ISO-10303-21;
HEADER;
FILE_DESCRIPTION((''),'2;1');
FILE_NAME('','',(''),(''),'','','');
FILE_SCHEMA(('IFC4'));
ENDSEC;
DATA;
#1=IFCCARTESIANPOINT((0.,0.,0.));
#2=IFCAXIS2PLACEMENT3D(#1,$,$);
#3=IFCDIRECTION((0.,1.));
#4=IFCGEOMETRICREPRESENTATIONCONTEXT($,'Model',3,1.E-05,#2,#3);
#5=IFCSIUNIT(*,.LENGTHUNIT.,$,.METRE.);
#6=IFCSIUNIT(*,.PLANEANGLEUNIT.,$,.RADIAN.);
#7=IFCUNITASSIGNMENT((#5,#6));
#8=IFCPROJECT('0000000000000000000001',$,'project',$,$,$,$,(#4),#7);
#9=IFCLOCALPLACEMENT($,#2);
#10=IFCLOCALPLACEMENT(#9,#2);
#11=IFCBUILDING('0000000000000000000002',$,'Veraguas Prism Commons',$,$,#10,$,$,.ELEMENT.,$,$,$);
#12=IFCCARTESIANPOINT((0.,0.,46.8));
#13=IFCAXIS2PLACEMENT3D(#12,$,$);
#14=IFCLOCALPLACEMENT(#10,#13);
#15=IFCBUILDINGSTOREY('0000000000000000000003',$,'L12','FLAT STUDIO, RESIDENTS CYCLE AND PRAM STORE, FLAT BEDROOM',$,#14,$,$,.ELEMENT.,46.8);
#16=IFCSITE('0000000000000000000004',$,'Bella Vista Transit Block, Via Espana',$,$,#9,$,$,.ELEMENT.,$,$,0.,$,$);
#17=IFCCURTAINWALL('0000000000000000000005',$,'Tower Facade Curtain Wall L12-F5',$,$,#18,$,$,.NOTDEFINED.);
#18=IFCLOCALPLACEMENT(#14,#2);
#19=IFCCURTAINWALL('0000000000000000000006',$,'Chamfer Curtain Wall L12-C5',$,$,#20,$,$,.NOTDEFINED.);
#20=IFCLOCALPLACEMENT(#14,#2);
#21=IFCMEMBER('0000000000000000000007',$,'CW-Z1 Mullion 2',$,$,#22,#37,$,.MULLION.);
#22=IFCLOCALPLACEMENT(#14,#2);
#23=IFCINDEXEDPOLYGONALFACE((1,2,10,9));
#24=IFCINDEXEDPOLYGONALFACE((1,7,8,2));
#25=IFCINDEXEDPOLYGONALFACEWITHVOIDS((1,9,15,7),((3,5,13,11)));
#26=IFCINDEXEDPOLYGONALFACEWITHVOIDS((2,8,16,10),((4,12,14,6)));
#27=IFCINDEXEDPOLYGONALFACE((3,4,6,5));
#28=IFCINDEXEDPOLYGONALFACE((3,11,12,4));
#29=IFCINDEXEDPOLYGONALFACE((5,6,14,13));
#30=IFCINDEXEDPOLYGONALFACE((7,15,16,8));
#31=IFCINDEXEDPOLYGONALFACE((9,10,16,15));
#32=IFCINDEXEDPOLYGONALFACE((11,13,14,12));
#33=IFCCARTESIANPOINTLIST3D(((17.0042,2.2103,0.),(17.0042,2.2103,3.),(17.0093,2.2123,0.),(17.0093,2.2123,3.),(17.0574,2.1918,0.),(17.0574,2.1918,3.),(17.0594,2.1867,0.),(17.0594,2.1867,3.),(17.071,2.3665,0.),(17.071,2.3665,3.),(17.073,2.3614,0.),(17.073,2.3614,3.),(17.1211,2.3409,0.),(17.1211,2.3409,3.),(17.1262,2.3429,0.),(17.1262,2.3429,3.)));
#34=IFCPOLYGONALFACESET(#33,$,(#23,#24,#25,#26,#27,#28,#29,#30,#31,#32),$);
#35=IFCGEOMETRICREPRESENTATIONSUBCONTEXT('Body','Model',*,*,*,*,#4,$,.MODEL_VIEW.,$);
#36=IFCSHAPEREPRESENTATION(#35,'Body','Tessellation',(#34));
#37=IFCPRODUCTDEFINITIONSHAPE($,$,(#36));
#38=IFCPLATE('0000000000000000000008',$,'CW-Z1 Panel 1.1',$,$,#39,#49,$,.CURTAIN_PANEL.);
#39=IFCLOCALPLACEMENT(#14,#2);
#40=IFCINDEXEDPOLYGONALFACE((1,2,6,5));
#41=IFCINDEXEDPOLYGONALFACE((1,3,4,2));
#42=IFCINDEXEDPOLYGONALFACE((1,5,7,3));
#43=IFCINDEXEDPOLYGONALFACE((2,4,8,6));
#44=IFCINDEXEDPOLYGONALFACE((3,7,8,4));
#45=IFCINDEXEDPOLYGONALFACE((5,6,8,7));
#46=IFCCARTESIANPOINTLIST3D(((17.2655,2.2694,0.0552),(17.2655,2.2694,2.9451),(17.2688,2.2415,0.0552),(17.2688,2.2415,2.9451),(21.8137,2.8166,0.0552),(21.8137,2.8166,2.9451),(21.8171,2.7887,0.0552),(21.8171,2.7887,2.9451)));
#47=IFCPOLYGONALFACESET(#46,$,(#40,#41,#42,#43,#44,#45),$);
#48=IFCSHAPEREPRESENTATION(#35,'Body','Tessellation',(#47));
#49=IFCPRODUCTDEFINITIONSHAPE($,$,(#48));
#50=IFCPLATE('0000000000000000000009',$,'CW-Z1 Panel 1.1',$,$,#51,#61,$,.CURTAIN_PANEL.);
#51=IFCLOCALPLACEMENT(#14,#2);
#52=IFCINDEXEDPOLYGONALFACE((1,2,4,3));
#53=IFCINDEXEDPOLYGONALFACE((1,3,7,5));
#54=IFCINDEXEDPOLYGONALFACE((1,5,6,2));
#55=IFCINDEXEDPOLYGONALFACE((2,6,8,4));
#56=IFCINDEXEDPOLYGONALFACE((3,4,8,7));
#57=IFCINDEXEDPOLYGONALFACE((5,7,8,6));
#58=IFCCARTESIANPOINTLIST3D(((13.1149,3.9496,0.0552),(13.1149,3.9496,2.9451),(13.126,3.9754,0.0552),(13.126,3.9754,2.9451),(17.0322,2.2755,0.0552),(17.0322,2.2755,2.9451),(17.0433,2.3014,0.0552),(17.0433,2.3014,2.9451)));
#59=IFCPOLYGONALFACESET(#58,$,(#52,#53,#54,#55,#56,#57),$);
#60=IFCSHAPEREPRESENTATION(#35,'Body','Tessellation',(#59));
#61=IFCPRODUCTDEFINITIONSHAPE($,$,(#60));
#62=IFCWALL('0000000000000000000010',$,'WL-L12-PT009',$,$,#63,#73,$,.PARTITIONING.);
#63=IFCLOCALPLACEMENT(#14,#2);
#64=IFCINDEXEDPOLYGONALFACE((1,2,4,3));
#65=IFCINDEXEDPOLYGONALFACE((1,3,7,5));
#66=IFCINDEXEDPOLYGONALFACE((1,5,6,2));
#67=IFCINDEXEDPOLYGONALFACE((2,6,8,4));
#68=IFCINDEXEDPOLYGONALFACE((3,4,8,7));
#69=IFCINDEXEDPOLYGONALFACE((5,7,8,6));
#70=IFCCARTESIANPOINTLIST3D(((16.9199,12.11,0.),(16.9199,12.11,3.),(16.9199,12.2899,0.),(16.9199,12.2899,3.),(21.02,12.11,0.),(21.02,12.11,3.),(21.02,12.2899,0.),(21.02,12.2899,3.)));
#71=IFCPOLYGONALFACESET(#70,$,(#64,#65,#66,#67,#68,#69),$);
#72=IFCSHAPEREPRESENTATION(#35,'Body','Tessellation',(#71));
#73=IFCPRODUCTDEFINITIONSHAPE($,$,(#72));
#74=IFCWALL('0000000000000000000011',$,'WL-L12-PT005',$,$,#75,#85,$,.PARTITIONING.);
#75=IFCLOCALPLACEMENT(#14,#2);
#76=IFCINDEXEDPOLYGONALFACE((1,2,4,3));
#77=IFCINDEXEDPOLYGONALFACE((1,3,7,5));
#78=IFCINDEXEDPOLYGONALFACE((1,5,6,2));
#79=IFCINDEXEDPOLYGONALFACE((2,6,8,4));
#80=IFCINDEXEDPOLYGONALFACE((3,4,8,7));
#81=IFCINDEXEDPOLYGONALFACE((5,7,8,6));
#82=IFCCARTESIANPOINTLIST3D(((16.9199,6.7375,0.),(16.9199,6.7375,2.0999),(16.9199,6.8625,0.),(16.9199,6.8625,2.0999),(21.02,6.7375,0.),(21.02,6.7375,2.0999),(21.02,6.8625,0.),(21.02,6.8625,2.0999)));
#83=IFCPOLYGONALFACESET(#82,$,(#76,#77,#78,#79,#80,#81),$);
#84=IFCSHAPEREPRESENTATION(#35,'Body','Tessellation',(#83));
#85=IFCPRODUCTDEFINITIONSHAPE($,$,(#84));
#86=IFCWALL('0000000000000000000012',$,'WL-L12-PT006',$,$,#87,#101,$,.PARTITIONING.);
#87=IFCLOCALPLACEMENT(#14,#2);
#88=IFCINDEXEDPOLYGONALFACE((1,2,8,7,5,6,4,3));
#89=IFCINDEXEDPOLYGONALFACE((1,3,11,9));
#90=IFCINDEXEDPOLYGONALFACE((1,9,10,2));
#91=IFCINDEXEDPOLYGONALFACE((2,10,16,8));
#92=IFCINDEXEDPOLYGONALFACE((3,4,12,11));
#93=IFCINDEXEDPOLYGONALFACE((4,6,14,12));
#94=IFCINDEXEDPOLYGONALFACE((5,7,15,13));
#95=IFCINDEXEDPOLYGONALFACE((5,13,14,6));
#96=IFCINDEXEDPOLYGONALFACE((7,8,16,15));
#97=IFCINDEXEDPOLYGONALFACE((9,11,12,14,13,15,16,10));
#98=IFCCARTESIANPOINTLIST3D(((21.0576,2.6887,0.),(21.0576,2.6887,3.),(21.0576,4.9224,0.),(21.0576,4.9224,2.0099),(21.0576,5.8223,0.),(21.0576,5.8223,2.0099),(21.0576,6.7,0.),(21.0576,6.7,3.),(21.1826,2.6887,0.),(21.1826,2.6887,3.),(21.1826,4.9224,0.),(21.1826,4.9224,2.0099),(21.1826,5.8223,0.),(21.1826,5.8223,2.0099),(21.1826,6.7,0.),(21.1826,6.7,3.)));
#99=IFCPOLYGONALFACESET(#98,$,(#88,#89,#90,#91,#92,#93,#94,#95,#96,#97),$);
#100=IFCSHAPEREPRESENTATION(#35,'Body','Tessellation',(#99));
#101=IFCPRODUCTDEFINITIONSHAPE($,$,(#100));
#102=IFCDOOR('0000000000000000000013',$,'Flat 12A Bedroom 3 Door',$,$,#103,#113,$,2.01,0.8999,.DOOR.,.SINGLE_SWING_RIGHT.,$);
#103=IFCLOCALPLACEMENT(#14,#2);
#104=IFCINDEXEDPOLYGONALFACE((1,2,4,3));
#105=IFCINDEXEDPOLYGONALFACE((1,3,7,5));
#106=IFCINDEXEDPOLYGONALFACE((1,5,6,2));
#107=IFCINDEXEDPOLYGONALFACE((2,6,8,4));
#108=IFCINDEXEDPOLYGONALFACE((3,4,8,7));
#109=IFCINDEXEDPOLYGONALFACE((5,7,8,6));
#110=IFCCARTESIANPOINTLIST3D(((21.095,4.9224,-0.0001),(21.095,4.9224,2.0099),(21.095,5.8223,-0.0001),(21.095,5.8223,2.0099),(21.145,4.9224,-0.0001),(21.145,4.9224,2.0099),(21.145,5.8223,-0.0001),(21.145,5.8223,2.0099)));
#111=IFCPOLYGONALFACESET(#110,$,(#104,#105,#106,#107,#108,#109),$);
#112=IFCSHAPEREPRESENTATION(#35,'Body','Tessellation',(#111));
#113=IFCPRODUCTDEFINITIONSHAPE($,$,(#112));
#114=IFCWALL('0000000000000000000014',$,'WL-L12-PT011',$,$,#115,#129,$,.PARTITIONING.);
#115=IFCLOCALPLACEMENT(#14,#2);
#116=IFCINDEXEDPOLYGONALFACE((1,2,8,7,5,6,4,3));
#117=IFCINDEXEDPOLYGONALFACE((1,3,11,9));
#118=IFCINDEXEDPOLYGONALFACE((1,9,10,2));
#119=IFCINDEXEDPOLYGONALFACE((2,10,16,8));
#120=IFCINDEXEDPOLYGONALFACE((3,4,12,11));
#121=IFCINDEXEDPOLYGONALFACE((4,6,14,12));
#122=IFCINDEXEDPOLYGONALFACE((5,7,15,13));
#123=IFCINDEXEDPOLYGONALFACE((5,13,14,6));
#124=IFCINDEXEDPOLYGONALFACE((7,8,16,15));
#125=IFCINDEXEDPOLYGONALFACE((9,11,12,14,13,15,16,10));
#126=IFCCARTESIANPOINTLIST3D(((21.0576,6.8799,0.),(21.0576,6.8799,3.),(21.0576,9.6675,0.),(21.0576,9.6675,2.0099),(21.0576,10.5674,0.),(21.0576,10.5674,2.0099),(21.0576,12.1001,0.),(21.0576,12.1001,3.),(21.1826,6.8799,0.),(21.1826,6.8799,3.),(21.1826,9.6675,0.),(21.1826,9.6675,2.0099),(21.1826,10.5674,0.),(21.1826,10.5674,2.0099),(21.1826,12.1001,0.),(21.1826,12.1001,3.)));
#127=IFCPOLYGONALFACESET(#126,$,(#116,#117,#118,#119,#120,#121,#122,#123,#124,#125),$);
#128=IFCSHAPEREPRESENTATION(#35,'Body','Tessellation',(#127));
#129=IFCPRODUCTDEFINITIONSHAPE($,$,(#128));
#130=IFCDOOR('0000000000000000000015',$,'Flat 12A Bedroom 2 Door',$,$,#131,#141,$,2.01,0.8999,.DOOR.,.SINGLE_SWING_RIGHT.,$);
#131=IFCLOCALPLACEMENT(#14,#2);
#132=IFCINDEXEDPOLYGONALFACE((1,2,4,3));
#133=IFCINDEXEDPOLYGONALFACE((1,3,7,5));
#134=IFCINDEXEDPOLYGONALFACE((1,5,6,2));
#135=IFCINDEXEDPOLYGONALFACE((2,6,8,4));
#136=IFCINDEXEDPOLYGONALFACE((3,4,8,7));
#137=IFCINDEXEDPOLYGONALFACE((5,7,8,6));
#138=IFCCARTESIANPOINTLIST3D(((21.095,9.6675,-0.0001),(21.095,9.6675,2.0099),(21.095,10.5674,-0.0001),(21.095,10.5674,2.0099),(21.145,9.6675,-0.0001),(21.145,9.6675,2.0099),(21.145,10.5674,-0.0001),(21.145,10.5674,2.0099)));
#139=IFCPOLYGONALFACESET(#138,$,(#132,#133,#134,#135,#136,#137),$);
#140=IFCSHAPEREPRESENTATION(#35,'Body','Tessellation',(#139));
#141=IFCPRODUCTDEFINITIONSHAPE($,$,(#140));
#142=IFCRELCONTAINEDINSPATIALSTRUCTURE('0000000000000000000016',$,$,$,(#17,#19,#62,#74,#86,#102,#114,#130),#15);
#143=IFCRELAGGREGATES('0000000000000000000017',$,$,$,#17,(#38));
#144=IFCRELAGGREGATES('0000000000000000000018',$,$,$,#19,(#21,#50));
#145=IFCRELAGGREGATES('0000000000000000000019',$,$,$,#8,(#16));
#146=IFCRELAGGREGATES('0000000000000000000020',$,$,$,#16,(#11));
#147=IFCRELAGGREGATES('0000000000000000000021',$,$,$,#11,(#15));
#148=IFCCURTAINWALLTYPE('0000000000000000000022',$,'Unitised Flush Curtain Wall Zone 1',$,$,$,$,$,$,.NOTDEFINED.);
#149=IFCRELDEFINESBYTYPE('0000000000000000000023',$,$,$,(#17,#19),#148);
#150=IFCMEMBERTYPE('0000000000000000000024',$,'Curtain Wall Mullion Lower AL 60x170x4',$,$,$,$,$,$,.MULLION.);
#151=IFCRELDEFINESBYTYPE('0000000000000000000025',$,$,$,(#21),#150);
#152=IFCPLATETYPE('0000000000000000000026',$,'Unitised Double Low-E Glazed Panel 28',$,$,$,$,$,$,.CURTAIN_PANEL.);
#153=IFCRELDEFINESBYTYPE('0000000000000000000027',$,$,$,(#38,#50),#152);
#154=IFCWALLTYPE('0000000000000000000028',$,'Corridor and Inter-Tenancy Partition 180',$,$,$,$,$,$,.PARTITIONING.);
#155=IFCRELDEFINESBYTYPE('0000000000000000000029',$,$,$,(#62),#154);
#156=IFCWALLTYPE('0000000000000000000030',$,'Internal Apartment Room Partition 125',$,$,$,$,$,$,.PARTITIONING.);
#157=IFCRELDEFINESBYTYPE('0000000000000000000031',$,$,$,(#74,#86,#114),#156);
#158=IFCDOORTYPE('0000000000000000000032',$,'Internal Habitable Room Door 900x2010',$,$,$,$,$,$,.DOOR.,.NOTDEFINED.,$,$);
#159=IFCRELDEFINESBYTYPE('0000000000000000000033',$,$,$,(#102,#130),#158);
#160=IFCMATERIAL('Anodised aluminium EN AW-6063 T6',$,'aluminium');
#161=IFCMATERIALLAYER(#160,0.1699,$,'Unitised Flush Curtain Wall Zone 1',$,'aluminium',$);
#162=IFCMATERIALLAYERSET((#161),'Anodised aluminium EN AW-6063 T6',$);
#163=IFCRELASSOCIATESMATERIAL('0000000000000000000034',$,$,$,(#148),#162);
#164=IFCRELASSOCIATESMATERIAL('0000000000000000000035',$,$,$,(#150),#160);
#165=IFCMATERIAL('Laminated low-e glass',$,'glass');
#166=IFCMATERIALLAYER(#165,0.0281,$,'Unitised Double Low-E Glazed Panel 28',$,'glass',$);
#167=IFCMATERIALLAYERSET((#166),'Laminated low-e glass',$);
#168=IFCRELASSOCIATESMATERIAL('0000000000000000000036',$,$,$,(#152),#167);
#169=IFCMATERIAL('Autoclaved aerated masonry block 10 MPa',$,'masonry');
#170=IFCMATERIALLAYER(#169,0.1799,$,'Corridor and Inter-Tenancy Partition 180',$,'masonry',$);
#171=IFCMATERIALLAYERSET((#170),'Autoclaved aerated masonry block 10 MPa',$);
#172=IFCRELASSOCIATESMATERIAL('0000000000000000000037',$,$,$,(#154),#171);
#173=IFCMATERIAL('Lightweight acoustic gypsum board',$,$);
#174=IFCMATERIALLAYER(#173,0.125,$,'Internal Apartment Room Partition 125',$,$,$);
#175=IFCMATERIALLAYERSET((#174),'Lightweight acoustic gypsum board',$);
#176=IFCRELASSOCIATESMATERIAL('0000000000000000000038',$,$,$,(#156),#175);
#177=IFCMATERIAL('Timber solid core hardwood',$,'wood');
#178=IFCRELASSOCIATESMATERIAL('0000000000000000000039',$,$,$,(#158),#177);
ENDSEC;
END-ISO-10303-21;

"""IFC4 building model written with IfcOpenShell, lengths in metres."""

from ifc_helpers import new_model, si_unit, direction, frame, frame_2d, origin, origin_2d, place, context, subcontext, project, spatial, rectangle, hollow_rectangle, extrude, source, transform, mapped, material, layer, layer_set, material_profile, profile_set, type_object, element, fill, aggregate, save


model = new_model("IFC4")

# Units and contexts
model_context = context("Model", 3, precision=1e-05, world=origin(), true_north=direction((0.0, 1.0)))
body_context = subcontext(model_context, "Body", "Model", "MODEL_VIEW")
ifc_project = project(units=[si_unit("LENGTHUNIT", "METRE"), si_unit("PLANEANGLEUNIT", "RADIAN")], contexts=[model_context])

# Site, building, storey
site_placement = place(None, origin())
site = spatial("IfcSite", under=ifc_project, at=site_placement, Name="Bella Vista Transit Block, Via Espana", CompositionType="ELEMENT", RefElevation=0.0)
building_placement = place(site_placement, origin())
building = spatial("IfcBuilding", under=site, at=building_placement, Name="Veraguas Prism Commons", CompositionType="ELEMENT")
storey_placement = place(building_placement, frame((0.0, 0.0, 46.8)))
storey = spatial("IfcBuildingStorey", under=building, at=storey_placement, Name="L12", Description="FLAT STUDIO, RESIDENTS CYCLE AND PRAM STORE, FLAT BEDROOM", CompositionType="ELEMENT", Elevation=46.8)

# Curtain walls
ifc_material_1 = material(Name="Anodised aluminium EN AW-6063 T6", Category="aluminium")
ifc_layer_1 = layer(ifc_material_1, 0.1699, Name="Unitised Flush Curtain Wall Zone 1", Category="aluminium")
ifc_layer_set_1 = layer_set([ifc_layer_1], Name="Anodised aluminium EN AW-6063 T6")
curtain_wall_type = type_object("IfcCurtainWallType", Name="Unitised Flush Curtain Wall Zone 1", PredefinedType="NOTDEFINED", material=ifc_layer_set_1)
curtain_wall_1_placement = place(storey_placement, origin())
curtain_wall_1 = element("IfcCurtainWall", 1, at=curtain_wall_1_placement, inside=storey, type_object=curtain_wall_type, Name="Tower Facade Curtain Wall L12-F5", PredefinedType="NOTDEFINED")
curtain_wall_2_placement = place(storey_placement, origin())
curtain_wall_2 = element("IfcCurtainWall", 2, at=curtain_wall_2_placement, inside=storey, type_object=curtain_wall_type, Name="Chamfer Curtain Wall L12-C5", PredefinedType="NOTDEFINED")

# Member
ifc_material_profile_1 = material_profile(ifc_material_1, hollow_rectangle(XDim=0.0601, YDim=0.1699, WallThickness=0.0039, at=origin_2d()), Name="AL60X170X4")
ifc_profile_set_1 = profile_set([ifc_material_profile_1], Name="Anodised aluminium EN AW-6063 T6")
member_type_1 = type_object("IfcMemberType", Name="Curtain Wall Mullion Lower AL 60x170x4", PredefinedType="MULLION", material=ifc_profile_set_1)
shared_shape_1 = source(origin(), body_context, "Body", "SweptSolid", [
    extrude(hollow_rectangle(XDim=0.0601, YDim=0.1699, WallThickness=0.0039, at=origin_2d()), origin(), (0.0, 0.0, 1.0), 3.0),
])
member_1_placement = place(storey_placement, frame((17.0652, 2.2766, 0.0), z_axis=(0.0, 0.0, 1.0), x_axis=(0.919551, -0.392971, 0.0)))
member_1 = element("IfcMember", 3, at=member_1_placement, type_object=member_type_1, Name="CW-Z1 Mullion 2", PredefinedType="MULLION", context=body_context, shape_type="MappedRepresentation", body=[
    mapped(shared_shape_1, transform((0.0, 0.0, 0.0), scale=1.0)),
])

# Plates
ifc_material_2 = material(Name="Laminated low-e glass", Category="glass")
ifc_layer_2 = layer(ifc_material_2, 0.0281, Name="Unitised Double Low-E Glazed Panel 28", Category="glass")
ifc_layer_set_2 = layer_set([ifc_layer_2], Name="Laminated low-e glass")
plate_type = type_object("IfcPlateType", Name="Unitised Double Low-E Glazed Panel 28", PredefinedType="CURTAIN_PANEL", material=ifc_layer_set_2)
shared_shape_2 = source(origin(), body_context, "Body", "SweptSolid", [
    extrude(rectangle(XDim=4.5811, YDim=0.0281, at=origin_2d()), origin(), (0.0, 0.0, 1.0), 2.8899),
])
plate_1_placement = place(storey_placement, frame((19.5413, 2.5291, 0.0552), z_axis=(0.0, 0.0, 1.0), x_axis=(0.992841, 0.11944, 0.0)))
plate_1 = element("IfcPlate", 4, at=plate_1_placement, type_object=plate_type, Name="CW-Z1 Panel 1.1", PredefinedType="CURTAIN_PANEL", context=body_context, shape_type="MappedRepresentation", body=[
    mapped(shared_shape_2, transform((0.0, 0.0, 0.0), scale=1.0)),
])
aggregate(curtain_wall_1, [plate_1])
shared_shape_3 = source(origin(), body_context, "Body", "SweptSolid", [
    extrude(rectangle(XDim=4.26, YDim=0.0281, at=origin_2d()), origin(), (0.0, 0.0, 1.0), 2.8899),
])
plate_2_placement = place(storey_placement, frame((15.0791, 3.1255, 0.0552), z_axis=(0.0, 0.0, 1.0), x_axis=(0.919551, -0.392971, 0.0)))
plate_2 = element("IfcPlate", 5, at=plate_2_placement, type_object=plate_type, Name="CW-Z1 Panel 1.1", PredefinedType="CURTAIN_PANEL", context=body_context, shape_type="MappedRepresentation", body=[
    mapped(shared_shape_3, transform((0.0, 0.0, 0.0), scale=1.0)),
])
aggregate(curtain_wall_2, [member_1, plate_2])

# Walls
ifc_material_3 = material(Name="Autoclaved aerated masonry block 10 MPa", Category="masonry")
ifc_layer_3 = layer(ifc_material_3, 0.1799, Name="Corridor and Inter-Tenancy Partition 180", Category="masonry")
ifc_layer_set_3 = layer_set([ifc_layer_3], Name="Autoclaved aerated masonry block 10 MPa")
wall_type_1 = type_object("IfcWallType", Name="Corridor and Inter-Tenancy Partition 180", PredefinedType="PARTITIONING", material=ifc_layer_set_3)
wall_1_placement = place(storey_placement, frame((16.9199, 12.2, 0.0), z_axis=(0.0, 0.0, 1.0), x_axis=(1.0, 0.0, 0.0)))
element("IfcWall", 6, at=wall_1_placement, inside=storey, type_object=wall_type_1, Name="WL-L12-PT009", PredefinedType="PARTITIONING", context=body_context, shape_type="SweptSolid", body=[
    extrude(rectangle(XDim=4.1001, YDim=0.1799, at=frame_2d((2.05, 0.0))), origin(), (0.0, 0.0, 1.0), 3.0),
])
ifc_material_4 = material(Name="Lightweight acoustic gypsum board")
ifc_layer_4 = layer(ifc_material_4, 0.125, Name="Internal Apartment Room Partition 125")
ifc_layer_set_4 = layer_set([ifc_layer_4], Name="Lightweight acoustic gypsum board")
wall_type_2 = type_object("IfcWallType", Name="Internal Apartment Room Partition 125", PredefinedType="PARTITIONING", material=ifc_layer_set_4)
wall_2_placement = place(storey_placement, frame((16.9199, 6.8, 0.0), z_axis=(0.0, 0.0, 1.0), x_axis=(1.0, 0.0, 0.0)))
element("IfcWall", 7, at=wall_2_placement, inside=storey, type_object=wall_type_2, Name="WL-L12-PT005", PredefinedType="PARTITIONING", context=body_context, shape_type="SweptSolid", body=[
    extrude(rectangle(XDim=4.1001, YDim=0.125, at=frame_2d((2.05, 0.0))), origin(), (0.0, 0.0, 1.0), 2.0999),
])

# Walls, openings, doors
wall_3_placement = place(storey_placement, frame((21.1201, 6.7, 0.0), z_axis=(0.0, 0.0, 1.0), x_axis=(0.0, -1.0, 0.0)))
wall_3 = element("IfcWall", 8, at=wall_3_placement, inside=storey, type_object=wall_type_2, Name="WL-L12-PT006", PredefinedType="PARTITIONING", context=body_context, shape_type="SweptSolid", body=[
    extrude(rectangle(XDim=4.0112, YDim=0.125, at=frame_2d((2.0056, 0.0))), origin(), (0.0, 0.0, 1.0), 3.0),
])
opening_1_placement = place(wall_3_placement, frame((0.8777, 0.0, 0.0)))
opening_1 = element("IfcOpeningElement", 9, at=opening_1_placement, cuts=wall_3, PredefinedType="OPENING", context=body_context, shape_type="SweptSolid", body=[
    extrude(rectangle(XDim=0.8999, YDim=2.01, at=frame_2d((0.45, 1.0049))), frame((0.0, 0.0725, 0.0), z_axis=(0.0, -1.0, 0.0), x_axis=(1.0, 0.0, 0.0)), (0.0, 0.0, 1.0), 0.145),
])
ifc_material_5 = material(Name="Timber solid core hardwood", Category="wood")
door_type = type_object("IfcDoorType", Name="Internal Habitable Room Door 900x2010", OperationType="NOTDEFINED", PredefinedType="DOOR", material=ifc_material_5)
shared_shape_4 = source(origin(), body_context, "Body", "SweptSolid", [
    extrude(rectangle(XDim=0.8999, YDim=2.01, at=frame_2d((0.45, 1.0049))), frame((0.0, 0.0249, 0.0), z_axis=(0.0, -1.0, 0.0), x_axis=(1.0, 0.0, 0.0)), (0.0, 0.0, 1.0), 0.05),
])
door_1_placement = place(opening_1_placement, origin())
door_1 = element("IfcDoor", 10, at=door_1_placement, inside=storey, type_object=door_type, Name="Flat 12A Bedroom 3 Door", OperationType="SINGLE_SWING_RIGHT", OverallHeight=2.01, OverallWidth=0.8999, PredefinedType="DOOR", context=body_context, shape_type="MappedRepresentation", body=[
    mapped(shared_shape_4, transform((0.0, 0.0, 0.0), scale=1.0)),
])
fill(opening_1, door_1)
wall_4_placement = place(storey_placement, frame((21.1201, 12.1001, 0.0), z_axis=(0.0, 0.0, 1.0), x_axis=(0.0, -1.0, 0.0)))
wall_4 = element("IfcWall", 11, at=wall_4_placement, inside=storey, type_object=wall_type_2, Name="WL-L12-PT011", PredefinedType="PARTITIONING", context=body_context, shape_type="SweptSolid", body=[
    extrude(rectangle(XDim=5.2202, YDim=0.125, at=frame_2d((2.6101, 0.0))), origin(), (0.0, 0.0, 1.0), 3.0),
])
opening_2_placement = place(wall_4_placement, frame((1.5327, 0.0, 0.0)))
opening_2 = element("IfcOpeningElement", 12, at=opening_2_placement, cuts=wall_4, PredefinedType="OPENING", context=body_context, shape_type="SweptSolid", body=[
    extrude(rectangle(XDim=0.8999, YDim=2.01, at=frame_2d((0.45, 1.0049))), frame((0.0, 0.0725, 0.0), z_axis=(0.0, -1.0, 0.0), x_axis=(1.0, 0.0, 0.0)), (0.0, 0.0, 1.0), 0.145),
])
door_2_placement = place(opening_2_placement, origin())
door_2 = element("IfcDoor", 13, at=door_2_placement, inside=storey, type_object=door_type, Name="Flat 12A Bedroom 2 Door", OperationType="SINGLE_SWING_RIGHT", OverallHeight=2.01, OverallWidth=0.8999, PredefinedType="DOOR", context=body_context, shape_type="MappedRepresentation", body=[
    mapped(shared_shape_4, transform((0.0, 0.0, 0.0), scale=1.0)),
])
fill(opening_2, door_2)

save(model, "model.ifc")
